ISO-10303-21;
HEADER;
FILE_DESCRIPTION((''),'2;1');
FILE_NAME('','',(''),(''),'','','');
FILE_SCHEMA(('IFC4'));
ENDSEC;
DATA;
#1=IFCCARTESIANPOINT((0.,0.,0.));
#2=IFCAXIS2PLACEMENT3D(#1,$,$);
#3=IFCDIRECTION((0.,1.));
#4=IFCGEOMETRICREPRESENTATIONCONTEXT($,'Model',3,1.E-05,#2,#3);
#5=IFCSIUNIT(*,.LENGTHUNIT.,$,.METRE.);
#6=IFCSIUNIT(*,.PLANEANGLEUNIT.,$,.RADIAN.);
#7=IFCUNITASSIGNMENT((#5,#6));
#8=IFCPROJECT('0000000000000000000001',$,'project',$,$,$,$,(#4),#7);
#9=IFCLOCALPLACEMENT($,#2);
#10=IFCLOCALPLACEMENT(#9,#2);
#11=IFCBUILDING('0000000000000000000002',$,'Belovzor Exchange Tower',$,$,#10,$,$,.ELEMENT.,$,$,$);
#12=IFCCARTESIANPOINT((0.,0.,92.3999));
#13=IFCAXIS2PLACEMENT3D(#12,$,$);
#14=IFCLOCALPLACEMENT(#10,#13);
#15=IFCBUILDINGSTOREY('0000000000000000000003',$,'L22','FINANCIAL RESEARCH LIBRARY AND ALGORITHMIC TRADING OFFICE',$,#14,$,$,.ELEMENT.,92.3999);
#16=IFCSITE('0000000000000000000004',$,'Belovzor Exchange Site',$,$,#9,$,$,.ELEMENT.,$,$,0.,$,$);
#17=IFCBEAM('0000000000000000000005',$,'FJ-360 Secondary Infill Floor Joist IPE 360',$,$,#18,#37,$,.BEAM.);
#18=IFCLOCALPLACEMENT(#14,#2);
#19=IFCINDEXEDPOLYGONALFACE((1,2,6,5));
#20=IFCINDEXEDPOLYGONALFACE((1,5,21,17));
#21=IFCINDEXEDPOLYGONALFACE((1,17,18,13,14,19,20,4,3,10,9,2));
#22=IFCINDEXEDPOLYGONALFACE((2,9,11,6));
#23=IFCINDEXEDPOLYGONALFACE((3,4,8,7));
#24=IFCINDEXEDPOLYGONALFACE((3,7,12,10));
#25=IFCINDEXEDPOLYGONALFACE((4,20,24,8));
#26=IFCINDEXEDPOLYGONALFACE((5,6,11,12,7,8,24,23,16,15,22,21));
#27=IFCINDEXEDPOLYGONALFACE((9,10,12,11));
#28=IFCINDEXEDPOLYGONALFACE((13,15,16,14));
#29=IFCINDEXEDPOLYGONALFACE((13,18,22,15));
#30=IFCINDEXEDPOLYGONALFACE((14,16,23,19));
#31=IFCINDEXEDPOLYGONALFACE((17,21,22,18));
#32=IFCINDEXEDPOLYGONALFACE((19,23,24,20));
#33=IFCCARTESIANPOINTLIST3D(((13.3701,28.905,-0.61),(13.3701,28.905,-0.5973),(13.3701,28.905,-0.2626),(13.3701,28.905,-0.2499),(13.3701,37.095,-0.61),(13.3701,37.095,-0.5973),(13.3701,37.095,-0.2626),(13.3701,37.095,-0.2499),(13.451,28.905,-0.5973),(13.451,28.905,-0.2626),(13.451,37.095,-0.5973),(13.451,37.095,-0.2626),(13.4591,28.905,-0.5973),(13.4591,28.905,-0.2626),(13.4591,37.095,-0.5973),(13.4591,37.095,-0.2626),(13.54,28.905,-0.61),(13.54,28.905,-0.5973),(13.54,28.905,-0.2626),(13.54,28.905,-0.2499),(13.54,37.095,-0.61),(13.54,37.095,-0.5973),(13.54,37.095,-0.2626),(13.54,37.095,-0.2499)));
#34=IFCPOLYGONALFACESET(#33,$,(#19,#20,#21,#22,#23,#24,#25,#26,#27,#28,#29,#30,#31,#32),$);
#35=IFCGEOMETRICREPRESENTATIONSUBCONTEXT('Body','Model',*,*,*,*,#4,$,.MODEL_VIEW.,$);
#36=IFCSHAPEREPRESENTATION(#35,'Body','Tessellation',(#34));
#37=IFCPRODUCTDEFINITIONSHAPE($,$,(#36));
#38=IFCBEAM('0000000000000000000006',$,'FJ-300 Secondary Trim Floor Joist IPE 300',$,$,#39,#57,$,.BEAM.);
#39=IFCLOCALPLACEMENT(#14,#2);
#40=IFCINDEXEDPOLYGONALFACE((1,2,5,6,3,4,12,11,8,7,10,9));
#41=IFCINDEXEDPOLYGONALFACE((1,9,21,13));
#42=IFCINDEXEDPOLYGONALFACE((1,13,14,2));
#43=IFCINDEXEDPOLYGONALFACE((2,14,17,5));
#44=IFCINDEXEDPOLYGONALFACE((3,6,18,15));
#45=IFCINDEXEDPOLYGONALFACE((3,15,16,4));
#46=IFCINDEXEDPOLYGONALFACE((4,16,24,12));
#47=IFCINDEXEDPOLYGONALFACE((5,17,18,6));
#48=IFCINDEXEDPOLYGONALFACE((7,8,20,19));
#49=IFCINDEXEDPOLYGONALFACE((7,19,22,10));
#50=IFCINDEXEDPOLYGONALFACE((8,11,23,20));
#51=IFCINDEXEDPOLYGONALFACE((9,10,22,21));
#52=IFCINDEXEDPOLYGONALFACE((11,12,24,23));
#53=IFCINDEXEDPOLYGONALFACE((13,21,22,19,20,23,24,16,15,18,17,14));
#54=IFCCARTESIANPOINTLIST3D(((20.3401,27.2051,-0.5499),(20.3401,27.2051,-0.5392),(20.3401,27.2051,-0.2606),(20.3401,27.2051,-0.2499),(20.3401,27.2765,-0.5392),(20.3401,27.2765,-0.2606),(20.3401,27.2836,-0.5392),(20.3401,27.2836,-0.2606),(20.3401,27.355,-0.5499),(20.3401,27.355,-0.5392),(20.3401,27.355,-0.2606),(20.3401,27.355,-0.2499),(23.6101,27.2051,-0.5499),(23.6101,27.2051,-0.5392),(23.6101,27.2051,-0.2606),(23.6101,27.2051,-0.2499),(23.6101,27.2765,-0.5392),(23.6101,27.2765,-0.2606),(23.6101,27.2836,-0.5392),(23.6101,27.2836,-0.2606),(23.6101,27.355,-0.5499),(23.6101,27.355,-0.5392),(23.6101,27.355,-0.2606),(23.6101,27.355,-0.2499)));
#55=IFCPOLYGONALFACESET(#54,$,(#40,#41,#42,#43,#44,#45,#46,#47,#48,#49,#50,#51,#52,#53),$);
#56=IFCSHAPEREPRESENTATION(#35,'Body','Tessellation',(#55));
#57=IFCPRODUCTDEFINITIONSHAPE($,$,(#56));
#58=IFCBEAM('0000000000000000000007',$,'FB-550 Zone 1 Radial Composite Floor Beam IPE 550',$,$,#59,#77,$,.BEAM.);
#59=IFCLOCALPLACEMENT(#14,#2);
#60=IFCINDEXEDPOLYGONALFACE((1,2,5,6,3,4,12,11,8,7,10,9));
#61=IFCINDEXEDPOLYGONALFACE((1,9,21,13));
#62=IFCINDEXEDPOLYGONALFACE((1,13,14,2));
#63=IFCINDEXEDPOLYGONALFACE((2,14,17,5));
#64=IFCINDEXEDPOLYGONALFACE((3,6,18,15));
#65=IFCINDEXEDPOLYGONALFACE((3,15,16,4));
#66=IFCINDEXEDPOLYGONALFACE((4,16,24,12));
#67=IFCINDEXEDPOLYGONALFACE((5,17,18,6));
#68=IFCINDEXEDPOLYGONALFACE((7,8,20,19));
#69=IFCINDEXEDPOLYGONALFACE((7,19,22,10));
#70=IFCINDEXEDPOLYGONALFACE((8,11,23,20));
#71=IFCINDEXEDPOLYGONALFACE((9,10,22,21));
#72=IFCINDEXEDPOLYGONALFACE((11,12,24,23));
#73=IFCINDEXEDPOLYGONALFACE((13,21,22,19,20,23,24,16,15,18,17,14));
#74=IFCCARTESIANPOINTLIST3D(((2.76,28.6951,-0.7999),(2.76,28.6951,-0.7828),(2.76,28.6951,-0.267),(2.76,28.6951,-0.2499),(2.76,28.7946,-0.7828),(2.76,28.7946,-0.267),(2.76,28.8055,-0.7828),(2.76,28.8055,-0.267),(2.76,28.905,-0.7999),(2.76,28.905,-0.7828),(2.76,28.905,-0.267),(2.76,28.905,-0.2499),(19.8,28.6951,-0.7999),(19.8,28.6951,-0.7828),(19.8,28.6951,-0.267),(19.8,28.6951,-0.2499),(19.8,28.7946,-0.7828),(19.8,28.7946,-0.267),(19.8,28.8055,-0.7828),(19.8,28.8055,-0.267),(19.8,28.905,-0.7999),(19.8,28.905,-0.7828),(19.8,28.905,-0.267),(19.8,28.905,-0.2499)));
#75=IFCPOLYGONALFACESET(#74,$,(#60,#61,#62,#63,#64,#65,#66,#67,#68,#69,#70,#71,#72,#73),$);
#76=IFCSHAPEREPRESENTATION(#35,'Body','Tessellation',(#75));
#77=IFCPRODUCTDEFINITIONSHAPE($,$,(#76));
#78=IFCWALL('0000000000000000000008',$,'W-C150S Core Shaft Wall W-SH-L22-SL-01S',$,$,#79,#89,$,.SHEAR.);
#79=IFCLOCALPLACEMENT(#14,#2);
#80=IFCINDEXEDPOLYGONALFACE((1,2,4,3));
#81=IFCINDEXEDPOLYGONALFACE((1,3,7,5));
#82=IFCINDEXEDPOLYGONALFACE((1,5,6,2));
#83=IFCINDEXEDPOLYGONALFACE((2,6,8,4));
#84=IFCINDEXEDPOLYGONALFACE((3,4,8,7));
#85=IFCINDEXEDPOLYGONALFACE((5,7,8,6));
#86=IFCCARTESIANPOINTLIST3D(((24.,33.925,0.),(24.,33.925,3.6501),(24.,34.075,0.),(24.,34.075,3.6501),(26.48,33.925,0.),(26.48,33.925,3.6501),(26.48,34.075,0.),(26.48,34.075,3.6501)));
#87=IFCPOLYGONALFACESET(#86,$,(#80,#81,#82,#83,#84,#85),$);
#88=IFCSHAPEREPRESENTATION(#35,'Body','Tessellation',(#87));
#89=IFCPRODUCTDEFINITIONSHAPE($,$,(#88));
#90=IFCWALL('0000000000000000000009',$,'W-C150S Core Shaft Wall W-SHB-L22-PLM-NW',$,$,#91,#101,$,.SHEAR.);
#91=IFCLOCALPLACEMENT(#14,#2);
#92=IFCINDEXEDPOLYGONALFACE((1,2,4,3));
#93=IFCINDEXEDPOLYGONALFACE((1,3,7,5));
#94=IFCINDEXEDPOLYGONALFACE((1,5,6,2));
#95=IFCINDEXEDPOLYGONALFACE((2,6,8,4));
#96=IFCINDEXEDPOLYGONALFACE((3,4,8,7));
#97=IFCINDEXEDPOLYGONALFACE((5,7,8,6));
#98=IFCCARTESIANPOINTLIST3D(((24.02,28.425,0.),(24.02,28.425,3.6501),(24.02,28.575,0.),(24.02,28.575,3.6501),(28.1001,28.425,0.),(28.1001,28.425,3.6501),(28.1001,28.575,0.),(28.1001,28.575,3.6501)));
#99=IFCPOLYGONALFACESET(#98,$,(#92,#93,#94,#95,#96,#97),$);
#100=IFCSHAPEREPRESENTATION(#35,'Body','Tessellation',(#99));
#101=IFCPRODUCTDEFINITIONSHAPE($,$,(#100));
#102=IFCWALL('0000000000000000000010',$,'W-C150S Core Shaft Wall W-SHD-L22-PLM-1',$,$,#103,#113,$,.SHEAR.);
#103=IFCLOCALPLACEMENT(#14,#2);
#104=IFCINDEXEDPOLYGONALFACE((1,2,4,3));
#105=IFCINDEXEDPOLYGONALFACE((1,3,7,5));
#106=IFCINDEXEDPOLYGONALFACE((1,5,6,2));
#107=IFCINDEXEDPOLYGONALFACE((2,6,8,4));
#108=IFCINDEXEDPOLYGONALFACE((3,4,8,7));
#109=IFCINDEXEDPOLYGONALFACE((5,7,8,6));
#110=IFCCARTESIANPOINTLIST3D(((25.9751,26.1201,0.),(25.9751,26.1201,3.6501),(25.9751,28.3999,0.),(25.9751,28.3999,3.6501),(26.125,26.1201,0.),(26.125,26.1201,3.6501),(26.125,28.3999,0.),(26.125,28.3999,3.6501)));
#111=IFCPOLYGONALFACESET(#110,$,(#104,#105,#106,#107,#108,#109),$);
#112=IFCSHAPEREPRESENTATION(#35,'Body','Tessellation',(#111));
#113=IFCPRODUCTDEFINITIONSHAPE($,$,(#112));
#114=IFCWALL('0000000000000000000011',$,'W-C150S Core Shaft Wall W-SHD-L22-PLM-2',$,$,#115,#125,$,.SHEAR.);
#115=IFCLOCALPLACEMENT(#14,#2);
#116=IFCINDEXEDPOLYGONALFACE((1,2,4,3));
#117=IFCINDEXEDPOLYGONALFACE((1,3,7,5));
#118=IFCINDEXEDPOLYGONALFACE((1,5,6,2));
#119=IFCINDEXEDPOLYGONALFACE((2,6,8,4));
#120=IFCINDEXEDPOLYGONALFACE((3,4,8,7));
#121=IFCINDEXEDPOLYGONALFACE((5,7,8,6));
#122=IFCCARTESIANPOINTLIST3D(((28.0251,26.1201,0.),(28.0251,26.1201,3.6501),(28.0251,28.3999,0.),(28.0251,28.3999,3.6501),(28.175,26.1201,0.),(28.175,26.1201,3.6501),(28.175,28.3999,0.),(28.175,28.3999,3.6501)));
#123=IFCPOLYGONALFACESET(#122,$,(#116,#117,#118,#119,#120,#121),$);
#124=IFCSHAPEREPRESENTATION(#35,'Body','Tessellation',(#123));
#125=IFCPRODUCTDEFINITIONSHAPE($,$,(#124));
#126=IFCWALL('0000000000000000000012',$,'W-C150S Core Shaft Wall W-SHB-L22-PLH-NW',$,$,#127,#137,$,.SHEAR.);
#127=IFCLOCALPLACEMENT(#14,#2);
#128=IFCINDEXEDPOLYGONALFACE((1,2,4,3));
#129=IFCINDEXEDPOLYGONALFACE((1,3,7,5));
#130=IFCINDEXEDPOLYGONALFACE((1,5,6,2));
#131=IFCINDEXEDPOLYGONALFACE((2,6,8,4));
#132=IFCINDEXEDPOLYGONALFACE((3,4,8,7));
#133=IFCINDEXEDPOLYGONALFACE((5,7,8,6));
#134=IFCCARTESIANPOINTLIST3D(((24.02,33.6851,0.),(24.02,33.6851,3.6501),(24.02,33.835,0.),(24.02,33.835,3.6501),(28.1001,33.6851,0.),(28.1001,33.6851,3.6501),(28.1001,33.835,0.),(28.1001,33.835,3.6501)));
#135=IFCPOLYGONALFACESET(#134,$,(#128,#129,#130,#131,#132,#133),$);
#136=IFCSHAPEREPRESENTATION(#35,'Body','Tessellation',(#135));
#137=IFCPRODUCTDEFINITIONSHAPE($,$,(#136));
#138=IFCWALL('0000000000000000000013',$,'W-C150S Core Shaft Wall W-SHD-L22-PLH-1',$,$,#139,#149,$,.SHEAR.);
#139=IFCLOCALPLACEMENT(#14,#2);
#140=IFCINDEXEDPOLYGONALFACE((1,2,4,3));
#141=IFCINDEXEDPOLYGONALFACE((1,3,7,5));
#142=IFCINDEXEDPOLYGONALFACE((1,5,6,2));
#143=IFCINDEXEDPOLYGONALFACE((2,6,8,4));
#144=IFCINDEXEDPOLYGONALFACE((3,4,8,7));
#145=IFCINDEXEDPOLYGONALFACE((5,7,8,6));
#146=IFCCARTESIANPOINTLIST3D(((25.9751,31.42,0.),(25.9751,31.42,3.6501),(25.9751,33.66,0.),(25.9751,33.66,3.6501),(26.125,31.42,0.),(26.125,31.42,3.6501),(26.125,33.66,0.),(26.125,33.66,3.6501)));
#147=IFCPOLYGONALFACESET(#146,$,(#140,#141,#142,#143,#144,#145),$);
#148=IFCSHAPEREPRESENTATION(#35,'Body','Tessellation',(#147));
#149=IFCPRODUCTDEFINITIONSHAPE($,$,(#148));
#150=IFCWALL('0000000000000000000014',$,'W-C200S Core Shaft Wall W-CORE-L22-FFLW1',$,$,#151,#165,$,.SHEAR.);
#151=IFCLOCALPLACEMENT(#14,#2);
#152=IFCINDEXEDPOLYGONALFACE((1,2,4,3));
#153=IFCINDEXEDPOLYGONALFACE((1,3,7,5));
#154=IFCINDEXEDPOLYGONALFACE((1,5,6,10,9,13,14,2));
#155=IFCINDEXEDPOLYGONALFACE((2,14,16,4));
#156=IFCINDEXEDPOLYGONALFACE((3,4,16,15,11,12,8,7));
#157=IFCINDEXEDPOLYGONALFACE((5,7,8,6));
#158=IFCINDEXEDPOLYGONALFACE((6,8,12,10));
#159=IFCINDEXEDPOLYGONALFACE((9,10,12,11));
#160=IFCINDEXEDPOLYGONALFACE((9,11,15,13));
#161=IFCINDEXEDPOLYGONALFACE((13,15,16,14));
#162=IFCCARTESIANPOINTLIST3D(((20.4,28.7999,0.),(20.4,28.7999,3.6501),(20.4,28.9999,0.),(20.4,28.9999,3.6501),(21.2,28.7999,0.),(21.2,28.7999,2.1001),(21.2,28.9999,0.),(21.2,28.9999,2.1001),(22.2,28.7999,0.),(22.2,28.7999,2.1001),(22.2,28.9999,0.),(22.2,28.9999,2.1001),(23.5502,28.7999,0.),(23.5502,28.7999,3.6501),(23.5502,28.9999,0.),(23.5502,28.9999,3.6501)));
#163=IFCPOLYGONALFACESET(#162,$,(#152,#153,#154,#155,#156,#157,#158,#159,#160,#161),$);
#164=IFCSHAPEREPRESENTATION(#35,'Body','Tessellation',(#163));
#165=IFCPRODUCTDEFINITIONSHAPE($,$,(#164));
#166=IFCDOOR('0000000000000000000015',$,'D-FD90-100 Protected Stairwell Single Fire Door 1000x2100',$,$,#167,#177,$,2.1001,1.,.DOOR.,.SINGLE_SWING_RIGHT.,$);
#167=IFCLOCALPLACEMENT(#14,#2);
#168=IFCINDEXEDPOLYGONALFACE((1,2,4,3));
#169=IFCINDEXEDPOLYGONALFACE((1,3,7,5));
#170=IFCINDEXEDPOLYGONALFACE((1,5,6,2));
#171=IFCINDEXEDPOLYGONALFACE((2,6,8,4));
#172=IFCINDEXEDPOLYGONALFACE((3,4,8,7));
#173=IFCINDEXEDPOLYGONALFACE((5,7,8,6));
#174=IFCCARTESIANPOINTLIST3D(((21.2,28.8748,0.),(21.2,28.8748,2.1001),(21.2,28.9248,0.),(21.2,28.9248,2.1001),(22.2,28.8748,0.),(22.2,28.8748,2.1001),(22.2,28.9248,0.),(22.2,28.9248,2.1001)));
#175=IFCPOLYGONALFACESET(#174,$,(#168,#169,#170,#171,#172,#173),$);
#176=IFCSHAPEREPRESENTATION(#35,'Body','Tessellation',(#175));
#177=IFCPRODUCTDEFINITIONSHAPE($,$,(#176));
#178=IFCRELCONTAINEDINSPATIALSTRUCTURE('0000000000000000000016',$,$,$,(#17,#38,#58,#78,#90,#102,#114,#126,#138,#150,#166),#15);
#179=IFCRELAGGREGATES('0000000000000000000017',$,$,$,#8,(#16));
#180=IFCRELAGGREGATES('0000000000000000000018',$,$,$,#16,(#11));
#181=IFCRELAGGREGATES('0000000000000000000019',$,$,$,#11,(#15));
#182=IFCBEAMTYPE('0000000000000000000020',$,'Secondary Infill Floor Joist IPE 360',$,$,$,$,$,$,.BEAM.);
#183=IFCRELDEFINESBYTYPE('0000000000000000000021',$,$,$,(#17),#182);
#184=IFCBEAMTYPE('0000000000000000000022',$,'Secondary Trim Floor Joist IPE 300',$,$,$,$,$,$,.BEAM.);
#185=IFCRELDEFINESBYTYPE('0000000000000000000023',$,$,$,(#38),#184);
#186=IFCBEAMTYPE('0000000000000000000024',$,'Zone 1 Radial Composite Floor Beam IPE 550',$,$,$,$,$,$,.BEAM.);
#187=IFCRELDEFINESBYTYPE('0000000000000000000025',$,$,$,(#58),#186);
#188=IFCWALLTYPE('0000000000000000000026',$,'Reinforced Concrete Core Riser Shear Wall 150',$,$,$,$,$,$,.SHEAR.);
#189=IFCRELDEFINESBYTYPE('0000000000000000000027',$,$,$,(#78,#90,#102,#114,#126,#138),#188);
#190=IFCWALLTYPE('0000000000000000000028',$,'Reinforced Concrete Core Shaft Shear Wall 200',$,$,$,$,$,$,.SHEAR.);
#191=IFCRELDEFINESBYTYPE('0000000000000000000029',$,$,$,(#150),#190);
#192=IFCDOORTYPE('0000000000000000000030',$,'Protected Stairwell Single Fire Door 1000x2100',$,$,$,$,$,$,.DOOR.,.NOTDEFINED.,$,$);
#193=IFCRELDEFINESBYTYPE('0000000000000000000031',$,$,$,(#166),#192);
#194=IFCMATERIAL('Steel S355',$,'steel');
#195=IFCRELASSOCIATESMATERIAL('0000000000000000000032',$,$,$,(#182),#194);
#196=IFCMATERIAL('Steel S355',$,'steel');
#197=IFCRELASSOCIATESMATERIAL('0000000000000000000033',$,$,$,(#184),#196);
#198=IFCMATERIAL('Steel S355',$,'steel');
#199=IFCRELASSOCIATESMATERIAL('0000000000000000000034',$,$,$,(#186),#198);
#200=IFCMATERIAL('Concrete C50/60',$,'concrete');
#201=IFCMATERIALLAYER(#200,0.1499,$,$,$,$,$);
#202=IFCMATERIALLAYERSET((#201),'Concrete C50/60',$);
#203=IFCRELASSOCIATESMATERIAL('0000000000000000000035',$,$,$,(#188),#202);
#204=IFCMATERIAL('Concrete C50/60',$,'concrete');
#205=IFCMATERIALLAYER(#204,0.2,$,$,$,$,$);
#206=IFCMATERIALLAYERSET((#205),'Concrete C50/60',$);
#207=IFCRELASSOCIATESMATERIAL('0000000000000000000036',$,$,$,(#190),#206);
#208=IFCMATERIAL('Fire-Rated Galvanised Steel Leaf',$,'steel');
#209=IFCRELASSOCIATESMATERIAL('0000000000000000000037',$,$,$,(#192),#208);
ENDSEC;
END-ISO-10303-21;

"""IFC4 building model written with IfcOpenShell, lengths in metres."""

from ifc_helpers import new_model, si_unit, direction, frame, frame_2d, origin, origin_2d, place, context, subcontext, project, spatial, rectangle, i_section, extrude, material, layer, layer_set, material_profile, profile_set, type_object, element, fill, save


model = new_model("IFC4")

# Units and contexts
model_context = context("Model", 3, precision=1e-05, world=origin(), true_north=direction((0.0, 1.0)))
body_context = subcontext(model_context, "Body", "Model", "MODEL_VIEW")
ifc_project = project(units=[si_unit("LENGTHUNIT", "METRE"), si_unit("PLANEANGLEUNIT", "RADIAN")], contexts=[model_context])

# Site, building, storey
site_placement = place(None, origin())
site = spatial("IfcSite", under=ifc_project, at=site_placement, Name="Belovzor Exchange Site", CompositionType="ELEMENT", RefElevation=0.0)
building_placement = place(site_placement, origin())
building = spatial("IfcBuilding", under=site, at=building_placement, Name="Belovzor Exchange Tower", CompositionType="ELEMENT")
storey_placement = place(building_placement, frame((0.0, 0.0, 92.3999)))
storey = spatial("IfcBuildingStorey", under=building, at=storey_placement, Name="L22", Description="FINANCIAL RESEARCH LIBRARY AND ALGORITHMIC TRADING OFFICE", CompositionType="ELEMENT", Elevation=92.3999)

# Beams
ifc_material_1 = material(Name="Steel S355", Category="steel")
ifc_material_profile_1 = material_profile(ifc_material_1, i_section(OverallWidth=0.1699, OverallDepth=0.3601, WebThickness=0.0081, FlangeThickness=0.0127, at=origin_2d()))
ifc_profile_set_1 = profile_set([ifc_material_profile_1], Name="Steel S355")
beam_type_1 = type_object("IfcBeamType", Name="Secondary Infill Floor Joist IPE 360", PredefinedType="BEAM", material=ifc_profile_set_1)
beam_1_placement = place(storey_placement, frame((13.4551, 28.905, -0.4299), z_axis=(0.0, 1.0, 0.0), x_axis=(-1.0, 0.0, 0.0)))
element("IfcBeam", 1, at=beam_1_placement, inside=storey, type_object=beam_type_1, Name="FJ-360 Secondary Infill Floor Joist IPE 360", PredefinedType="BEAM", context=body_context, shape_type="SweptSolid", body=[
    extrude(i_section(OverallWidth=0.1699, OverallDepth=0.3601, WebThickness=0.0081, FlangeThickness=0.0127, at=origin_2d()), origin(), (0.0, 0.0, 1.0), 8.1899),
])
ifc_material_2 = material(Name="Steel S355", Category="steel")
ifc_material_profile_2 = material_profile(ifc_material_2, i_section(OverallWidth=0.1499, OverallDepth=0.3, WebThickness=0.0071, FlangeThickness=0.0107, at=origin_2d()))
ifc_profile_set_2 = profile_set([ifc_material_profile_2], Name="Steel S355")
beam_type_2 = type_object("IfcBeamType", Name="Secondary Trim Floor Joist IPE 300", PredefinedType="BEAM", material=ifc_profile_set_2)
beam_2_placement = place(storey_placement, frame((20.3401, 27.28, -0.3999), z_axis=(1.0, 0.0, 0.0), x_axis=(0.0, 1.0, 0.0)))
element("IfcBeam", 2, at=beam_2_placement, inside=storey, type_object=beam_type_2, Name="FJ-300 Secondary Trim Floor Joist IPE 300", PredefinedType="BEAM", context=body_context, shape_type="SweptSolid", body=[
    extrude(i_section(OverallWidth=0.1499, OverallDepth=0.3, WebThickness=0.0071, FlangeThickness=0.0107, at=origin_2d()), origin(), (0.0, 0.0, 1.0), 3.27),
])
ifc_material_3 = material(Name="Steel S355", Category="steel")
ifc_material_profile_3 = material_profile(ifc_material_3, i_section(OverallWidth=0.21, OverallDepth=0.55, WebThickness=0.011, FlangeThickness=0.0171, at=origin_2d()))
ifc_profile_set_3 = profile_set([ifc_material_profile_3], Name="Steel S355")
beam_type_3 = type_object("IfcBeamType", Name="Zone 1 Radial Composite Floor Beam IPE 550", PredefinedType="BEAM", material=ifc_profile_set_3)
beam_3_placement = place(storey_placement, frame((19.8, 28.8, -0.5249), z_axis=(-1.0, 0.0, 0.0), x_axis=(0.0, -1.0, 0.0)))
element("IfcBeam", 3, at=beam_3_placement, inside=storey, type_object=beam_type_3, Name="FB-550 Zone 1 Radial Composite Floor Beam IPE 550", PredefinedType="BEAM", context=body_context, shape_type="SweptSolid", body=[
    extrude(i_section(OverallWidth=0.21, OverallDepth=0.55, WebThickness=0.011, FlangeThickness=0.0171, at=origin_2d()), origin(), (0.0, 0.0, 1.0), 17.04),
])

# Walls
ifc_material_4 = material(Name="Concrete C50/60", Category="concrete")
ifc_layer_1 = layer(ifc_material_4, 0.1499)
ifc_layer_set_1 = layer_set([ifc_layer_1], Name="Concrete C50/60")
wall_type_1 = type_object("IfcWallType", Name="Reinforced Concrete Core Riser Shear Wall 150", PredefinedType="SHEAR", material=ifc_layer_set_1)
wall_1_placement = place(storey_placement, frame((24.0, 34.0, 0.0), z_axis=(0.0, 0.0, 1.0), x_axis=(1.0, 0.0, 0.0)))
element("IfcWall", 4, at=wall_1_placement, inside=storey, type_object=wall_type_1, Name="W-C150S Core Shaft Wall W-SH-L22-SL-01S", PredefinedType="SHEAR", context=body_context, shape_type="SweptSolid", body=[
    extrude(rectangle(XDim=2.48, YDim=0.1499, at=frame_2d((1.24, 0.0))), origin(), (0.0, 0.0, 1.0), 3.6501),
])
wall_2_placement = place(storey_placement, frame((24.02, 28.5, 0.0), z_axis=(0.0, 0.0, 1.0), x_axis=(1.0, 0.0, 0.0)))
element("IfcWall", 5, at=wall_2_placement, inside=storey, type_object=wall_type_1, Name="W-C150S Core Shaft Wall W-SHB-L22-PLM-NW", PredefinedType="SHEAR", context=body_context, shape_type="SweptSolid", body=[
    extrude(rectangle(XDim=4.0801, YDim=0.1499, at=frame_2d((2.04, 0.0))), origin(), (0.0, 0.0, 1.0), 3.6501),
])
for number, where, z_axis, x_axis, name in (
    (6, (26.05, 26.1201, 0.0), (0.0, 0.0, 1.0), (0.0, 1.0, 0.0), "W-C150S Core Shaft Wall W-SHD-L22-PLM-1"),
    (7, (28.1001, 26.1201, 0.0), (0.0, 0.0, 1.0), (0.0, 1.0, 0.0), "W-C150S Core Shaft Wall W-SHD-L22-PLM-2"),
):
    element("IfcWall", number, at=place(storey_placement, frame(where, z_axis=z_axis, x_axis=x_axis)), inside=storey, type_object=wall_type_1, Name=name, PredefinedType="SHEAR", context=body_context, shape_type="SweptSolid", body=[
        extrude(rectangle(XDim=2.2798, YDim=0.1499, at=frame_2d((1.1399, 0.0))), origin(), (0.0, 0.0, 1.0), 3.6501),
    ])
wall_3_placement = place(storey_placement, frame((24.02, 33.76, 0.0), z_axis=(0.0, 0.0, 1.0), x_axis=(1.0, 0.0, 0.0)))
element("IfcWall", 8, at=wall_3_placement, inside=storey, type_object=wall_type_1, Name="W-C150S Core Shaft Wall W-SHB-L22-PLH-NW", PredefinedType="SHEAR", context=body_context, shape_type="SweptSolid", body=[
    extrude(rectangle(XDim=4.0801, YDim=0.1499, at=frame_2d((2.04, 0.0))), origin(), (0.0, 0.0, 1.0), 3.6501),
])
wall_4_placement = place(storey_placement, frame((26.05, 31.4199, 0.0), z_axis=(0.0, 0.0, 1.0), x_axis=(0.0, 1.0, 0.0)))
element("IfcWall", 9, at=wall_4_placement, inside=storey, type_object=wall_type_1, Name="W-C150S Core Shaft Wall W-SHD-L22-PLH-1", PredefinedType="SHEAR", context=body_context, shape_type="SweptSolid", body=[
    extrude(rectangle(XDim=2.24, YDim=0.1499, at=frame_2d((1.1201, 0.0))), origin(), (0.0, 0.0, 1.0), 3.6501),
])

# Wall, opening, door
ifc_material_5 = material(Name="Concrete C50/60", Category="concrete")
ifc_layer_2 = layer(ifc_material_5, 0.2)
ifc_layer_set_2 = layer_set([ifc_layer_2], Name="Concrete C50/60")
wall_type_2 = type_object("IfcWallType", Name="Reinforced Concrete Core Shaft Shear Wall 200", PredefinedType="SHEAR", material=ifc_layer_set_2)
wall_5_placement = place(storey_placement, frame((20.3999, 28.8999, 0.0), z_axis=(0.0, 0.0, 1.0), x_axis=(1.0, 0.0, 0.0)))
wall_5 = element("IfcWall", 10, at=wall_5_placement, inside=storey, type_object=wall_type_2, Name="W-C200S Core Shaft Wall W-CORE-L22-FFLW1", PredefinedType="SHEAR", context=body_context, shape_type="SweptSolid", body=[
    extrude(rectangle(XDim=3.1501, YDim=0.2, at=frame_2d((1.5752, 0.0))), origin(), (0.0, 0.0, 1.0), 3.6501),
])
opening_1_placement = place(wall_5_placement, frame((0.8, 0.0, 0.0)))
opening_1 = element("IfcOpeningElement", 11, at=opening_1_placement, cuts=wall_5, PredefinedType="OPENING", context=body_context, shape_type="SweptSolid", body=[
    extrude(rectangle(XDim=1.0, YDim=2.1001, at=frame_2d((0.5, 1.05))), frame((0.0, 0.1099, 0.0), z_axis=(0.0, -1.0, 0.0), x_axis=(1.0, 0.0, 0.0)), (0.0, 0.0, 1.0), 0.22),
])
ifc_material_6 = material(Name="Fire-Rated Galvanised Steel Leaf", Category="steel")
door_type_1 = type_object("IfcDoorType", Name="Protected Stairwell Single Fire Door 1000x2100", OperationType="NOTDEFINED", PredefinedType="DOOR", material=ifc_material_6)
door_1_placement = place(opening_1_placement, origin())
door_1 = element("IfcDoor", 12, at=door_1_placement, inside=storey, type_object=door_type_1, Name="D-FD90-100 Protected Stairwell Single Fire Door 1000x2100", OperationType="SINGLE_SWING_RIGHT", OverallHeight=2.1001, OverallWidth=1.0, PredefinedType="DOOR", context=body_context, shape_type="SweptSolid", body=[
    extrude(rectangle(XDim=1.0, YDim=2.1001, at=frame_2d((0.5, 1.05))), frame((0.0, 0.0249, 0.0), z_axis=(0.0, -1.0, 0.0), x_axis=(1.0, 0.0, 0.0)), (0.0, 0.0, 1.0), 0.05),
])
fill(opening_1, door_1)

save(model, "model.ifc")
